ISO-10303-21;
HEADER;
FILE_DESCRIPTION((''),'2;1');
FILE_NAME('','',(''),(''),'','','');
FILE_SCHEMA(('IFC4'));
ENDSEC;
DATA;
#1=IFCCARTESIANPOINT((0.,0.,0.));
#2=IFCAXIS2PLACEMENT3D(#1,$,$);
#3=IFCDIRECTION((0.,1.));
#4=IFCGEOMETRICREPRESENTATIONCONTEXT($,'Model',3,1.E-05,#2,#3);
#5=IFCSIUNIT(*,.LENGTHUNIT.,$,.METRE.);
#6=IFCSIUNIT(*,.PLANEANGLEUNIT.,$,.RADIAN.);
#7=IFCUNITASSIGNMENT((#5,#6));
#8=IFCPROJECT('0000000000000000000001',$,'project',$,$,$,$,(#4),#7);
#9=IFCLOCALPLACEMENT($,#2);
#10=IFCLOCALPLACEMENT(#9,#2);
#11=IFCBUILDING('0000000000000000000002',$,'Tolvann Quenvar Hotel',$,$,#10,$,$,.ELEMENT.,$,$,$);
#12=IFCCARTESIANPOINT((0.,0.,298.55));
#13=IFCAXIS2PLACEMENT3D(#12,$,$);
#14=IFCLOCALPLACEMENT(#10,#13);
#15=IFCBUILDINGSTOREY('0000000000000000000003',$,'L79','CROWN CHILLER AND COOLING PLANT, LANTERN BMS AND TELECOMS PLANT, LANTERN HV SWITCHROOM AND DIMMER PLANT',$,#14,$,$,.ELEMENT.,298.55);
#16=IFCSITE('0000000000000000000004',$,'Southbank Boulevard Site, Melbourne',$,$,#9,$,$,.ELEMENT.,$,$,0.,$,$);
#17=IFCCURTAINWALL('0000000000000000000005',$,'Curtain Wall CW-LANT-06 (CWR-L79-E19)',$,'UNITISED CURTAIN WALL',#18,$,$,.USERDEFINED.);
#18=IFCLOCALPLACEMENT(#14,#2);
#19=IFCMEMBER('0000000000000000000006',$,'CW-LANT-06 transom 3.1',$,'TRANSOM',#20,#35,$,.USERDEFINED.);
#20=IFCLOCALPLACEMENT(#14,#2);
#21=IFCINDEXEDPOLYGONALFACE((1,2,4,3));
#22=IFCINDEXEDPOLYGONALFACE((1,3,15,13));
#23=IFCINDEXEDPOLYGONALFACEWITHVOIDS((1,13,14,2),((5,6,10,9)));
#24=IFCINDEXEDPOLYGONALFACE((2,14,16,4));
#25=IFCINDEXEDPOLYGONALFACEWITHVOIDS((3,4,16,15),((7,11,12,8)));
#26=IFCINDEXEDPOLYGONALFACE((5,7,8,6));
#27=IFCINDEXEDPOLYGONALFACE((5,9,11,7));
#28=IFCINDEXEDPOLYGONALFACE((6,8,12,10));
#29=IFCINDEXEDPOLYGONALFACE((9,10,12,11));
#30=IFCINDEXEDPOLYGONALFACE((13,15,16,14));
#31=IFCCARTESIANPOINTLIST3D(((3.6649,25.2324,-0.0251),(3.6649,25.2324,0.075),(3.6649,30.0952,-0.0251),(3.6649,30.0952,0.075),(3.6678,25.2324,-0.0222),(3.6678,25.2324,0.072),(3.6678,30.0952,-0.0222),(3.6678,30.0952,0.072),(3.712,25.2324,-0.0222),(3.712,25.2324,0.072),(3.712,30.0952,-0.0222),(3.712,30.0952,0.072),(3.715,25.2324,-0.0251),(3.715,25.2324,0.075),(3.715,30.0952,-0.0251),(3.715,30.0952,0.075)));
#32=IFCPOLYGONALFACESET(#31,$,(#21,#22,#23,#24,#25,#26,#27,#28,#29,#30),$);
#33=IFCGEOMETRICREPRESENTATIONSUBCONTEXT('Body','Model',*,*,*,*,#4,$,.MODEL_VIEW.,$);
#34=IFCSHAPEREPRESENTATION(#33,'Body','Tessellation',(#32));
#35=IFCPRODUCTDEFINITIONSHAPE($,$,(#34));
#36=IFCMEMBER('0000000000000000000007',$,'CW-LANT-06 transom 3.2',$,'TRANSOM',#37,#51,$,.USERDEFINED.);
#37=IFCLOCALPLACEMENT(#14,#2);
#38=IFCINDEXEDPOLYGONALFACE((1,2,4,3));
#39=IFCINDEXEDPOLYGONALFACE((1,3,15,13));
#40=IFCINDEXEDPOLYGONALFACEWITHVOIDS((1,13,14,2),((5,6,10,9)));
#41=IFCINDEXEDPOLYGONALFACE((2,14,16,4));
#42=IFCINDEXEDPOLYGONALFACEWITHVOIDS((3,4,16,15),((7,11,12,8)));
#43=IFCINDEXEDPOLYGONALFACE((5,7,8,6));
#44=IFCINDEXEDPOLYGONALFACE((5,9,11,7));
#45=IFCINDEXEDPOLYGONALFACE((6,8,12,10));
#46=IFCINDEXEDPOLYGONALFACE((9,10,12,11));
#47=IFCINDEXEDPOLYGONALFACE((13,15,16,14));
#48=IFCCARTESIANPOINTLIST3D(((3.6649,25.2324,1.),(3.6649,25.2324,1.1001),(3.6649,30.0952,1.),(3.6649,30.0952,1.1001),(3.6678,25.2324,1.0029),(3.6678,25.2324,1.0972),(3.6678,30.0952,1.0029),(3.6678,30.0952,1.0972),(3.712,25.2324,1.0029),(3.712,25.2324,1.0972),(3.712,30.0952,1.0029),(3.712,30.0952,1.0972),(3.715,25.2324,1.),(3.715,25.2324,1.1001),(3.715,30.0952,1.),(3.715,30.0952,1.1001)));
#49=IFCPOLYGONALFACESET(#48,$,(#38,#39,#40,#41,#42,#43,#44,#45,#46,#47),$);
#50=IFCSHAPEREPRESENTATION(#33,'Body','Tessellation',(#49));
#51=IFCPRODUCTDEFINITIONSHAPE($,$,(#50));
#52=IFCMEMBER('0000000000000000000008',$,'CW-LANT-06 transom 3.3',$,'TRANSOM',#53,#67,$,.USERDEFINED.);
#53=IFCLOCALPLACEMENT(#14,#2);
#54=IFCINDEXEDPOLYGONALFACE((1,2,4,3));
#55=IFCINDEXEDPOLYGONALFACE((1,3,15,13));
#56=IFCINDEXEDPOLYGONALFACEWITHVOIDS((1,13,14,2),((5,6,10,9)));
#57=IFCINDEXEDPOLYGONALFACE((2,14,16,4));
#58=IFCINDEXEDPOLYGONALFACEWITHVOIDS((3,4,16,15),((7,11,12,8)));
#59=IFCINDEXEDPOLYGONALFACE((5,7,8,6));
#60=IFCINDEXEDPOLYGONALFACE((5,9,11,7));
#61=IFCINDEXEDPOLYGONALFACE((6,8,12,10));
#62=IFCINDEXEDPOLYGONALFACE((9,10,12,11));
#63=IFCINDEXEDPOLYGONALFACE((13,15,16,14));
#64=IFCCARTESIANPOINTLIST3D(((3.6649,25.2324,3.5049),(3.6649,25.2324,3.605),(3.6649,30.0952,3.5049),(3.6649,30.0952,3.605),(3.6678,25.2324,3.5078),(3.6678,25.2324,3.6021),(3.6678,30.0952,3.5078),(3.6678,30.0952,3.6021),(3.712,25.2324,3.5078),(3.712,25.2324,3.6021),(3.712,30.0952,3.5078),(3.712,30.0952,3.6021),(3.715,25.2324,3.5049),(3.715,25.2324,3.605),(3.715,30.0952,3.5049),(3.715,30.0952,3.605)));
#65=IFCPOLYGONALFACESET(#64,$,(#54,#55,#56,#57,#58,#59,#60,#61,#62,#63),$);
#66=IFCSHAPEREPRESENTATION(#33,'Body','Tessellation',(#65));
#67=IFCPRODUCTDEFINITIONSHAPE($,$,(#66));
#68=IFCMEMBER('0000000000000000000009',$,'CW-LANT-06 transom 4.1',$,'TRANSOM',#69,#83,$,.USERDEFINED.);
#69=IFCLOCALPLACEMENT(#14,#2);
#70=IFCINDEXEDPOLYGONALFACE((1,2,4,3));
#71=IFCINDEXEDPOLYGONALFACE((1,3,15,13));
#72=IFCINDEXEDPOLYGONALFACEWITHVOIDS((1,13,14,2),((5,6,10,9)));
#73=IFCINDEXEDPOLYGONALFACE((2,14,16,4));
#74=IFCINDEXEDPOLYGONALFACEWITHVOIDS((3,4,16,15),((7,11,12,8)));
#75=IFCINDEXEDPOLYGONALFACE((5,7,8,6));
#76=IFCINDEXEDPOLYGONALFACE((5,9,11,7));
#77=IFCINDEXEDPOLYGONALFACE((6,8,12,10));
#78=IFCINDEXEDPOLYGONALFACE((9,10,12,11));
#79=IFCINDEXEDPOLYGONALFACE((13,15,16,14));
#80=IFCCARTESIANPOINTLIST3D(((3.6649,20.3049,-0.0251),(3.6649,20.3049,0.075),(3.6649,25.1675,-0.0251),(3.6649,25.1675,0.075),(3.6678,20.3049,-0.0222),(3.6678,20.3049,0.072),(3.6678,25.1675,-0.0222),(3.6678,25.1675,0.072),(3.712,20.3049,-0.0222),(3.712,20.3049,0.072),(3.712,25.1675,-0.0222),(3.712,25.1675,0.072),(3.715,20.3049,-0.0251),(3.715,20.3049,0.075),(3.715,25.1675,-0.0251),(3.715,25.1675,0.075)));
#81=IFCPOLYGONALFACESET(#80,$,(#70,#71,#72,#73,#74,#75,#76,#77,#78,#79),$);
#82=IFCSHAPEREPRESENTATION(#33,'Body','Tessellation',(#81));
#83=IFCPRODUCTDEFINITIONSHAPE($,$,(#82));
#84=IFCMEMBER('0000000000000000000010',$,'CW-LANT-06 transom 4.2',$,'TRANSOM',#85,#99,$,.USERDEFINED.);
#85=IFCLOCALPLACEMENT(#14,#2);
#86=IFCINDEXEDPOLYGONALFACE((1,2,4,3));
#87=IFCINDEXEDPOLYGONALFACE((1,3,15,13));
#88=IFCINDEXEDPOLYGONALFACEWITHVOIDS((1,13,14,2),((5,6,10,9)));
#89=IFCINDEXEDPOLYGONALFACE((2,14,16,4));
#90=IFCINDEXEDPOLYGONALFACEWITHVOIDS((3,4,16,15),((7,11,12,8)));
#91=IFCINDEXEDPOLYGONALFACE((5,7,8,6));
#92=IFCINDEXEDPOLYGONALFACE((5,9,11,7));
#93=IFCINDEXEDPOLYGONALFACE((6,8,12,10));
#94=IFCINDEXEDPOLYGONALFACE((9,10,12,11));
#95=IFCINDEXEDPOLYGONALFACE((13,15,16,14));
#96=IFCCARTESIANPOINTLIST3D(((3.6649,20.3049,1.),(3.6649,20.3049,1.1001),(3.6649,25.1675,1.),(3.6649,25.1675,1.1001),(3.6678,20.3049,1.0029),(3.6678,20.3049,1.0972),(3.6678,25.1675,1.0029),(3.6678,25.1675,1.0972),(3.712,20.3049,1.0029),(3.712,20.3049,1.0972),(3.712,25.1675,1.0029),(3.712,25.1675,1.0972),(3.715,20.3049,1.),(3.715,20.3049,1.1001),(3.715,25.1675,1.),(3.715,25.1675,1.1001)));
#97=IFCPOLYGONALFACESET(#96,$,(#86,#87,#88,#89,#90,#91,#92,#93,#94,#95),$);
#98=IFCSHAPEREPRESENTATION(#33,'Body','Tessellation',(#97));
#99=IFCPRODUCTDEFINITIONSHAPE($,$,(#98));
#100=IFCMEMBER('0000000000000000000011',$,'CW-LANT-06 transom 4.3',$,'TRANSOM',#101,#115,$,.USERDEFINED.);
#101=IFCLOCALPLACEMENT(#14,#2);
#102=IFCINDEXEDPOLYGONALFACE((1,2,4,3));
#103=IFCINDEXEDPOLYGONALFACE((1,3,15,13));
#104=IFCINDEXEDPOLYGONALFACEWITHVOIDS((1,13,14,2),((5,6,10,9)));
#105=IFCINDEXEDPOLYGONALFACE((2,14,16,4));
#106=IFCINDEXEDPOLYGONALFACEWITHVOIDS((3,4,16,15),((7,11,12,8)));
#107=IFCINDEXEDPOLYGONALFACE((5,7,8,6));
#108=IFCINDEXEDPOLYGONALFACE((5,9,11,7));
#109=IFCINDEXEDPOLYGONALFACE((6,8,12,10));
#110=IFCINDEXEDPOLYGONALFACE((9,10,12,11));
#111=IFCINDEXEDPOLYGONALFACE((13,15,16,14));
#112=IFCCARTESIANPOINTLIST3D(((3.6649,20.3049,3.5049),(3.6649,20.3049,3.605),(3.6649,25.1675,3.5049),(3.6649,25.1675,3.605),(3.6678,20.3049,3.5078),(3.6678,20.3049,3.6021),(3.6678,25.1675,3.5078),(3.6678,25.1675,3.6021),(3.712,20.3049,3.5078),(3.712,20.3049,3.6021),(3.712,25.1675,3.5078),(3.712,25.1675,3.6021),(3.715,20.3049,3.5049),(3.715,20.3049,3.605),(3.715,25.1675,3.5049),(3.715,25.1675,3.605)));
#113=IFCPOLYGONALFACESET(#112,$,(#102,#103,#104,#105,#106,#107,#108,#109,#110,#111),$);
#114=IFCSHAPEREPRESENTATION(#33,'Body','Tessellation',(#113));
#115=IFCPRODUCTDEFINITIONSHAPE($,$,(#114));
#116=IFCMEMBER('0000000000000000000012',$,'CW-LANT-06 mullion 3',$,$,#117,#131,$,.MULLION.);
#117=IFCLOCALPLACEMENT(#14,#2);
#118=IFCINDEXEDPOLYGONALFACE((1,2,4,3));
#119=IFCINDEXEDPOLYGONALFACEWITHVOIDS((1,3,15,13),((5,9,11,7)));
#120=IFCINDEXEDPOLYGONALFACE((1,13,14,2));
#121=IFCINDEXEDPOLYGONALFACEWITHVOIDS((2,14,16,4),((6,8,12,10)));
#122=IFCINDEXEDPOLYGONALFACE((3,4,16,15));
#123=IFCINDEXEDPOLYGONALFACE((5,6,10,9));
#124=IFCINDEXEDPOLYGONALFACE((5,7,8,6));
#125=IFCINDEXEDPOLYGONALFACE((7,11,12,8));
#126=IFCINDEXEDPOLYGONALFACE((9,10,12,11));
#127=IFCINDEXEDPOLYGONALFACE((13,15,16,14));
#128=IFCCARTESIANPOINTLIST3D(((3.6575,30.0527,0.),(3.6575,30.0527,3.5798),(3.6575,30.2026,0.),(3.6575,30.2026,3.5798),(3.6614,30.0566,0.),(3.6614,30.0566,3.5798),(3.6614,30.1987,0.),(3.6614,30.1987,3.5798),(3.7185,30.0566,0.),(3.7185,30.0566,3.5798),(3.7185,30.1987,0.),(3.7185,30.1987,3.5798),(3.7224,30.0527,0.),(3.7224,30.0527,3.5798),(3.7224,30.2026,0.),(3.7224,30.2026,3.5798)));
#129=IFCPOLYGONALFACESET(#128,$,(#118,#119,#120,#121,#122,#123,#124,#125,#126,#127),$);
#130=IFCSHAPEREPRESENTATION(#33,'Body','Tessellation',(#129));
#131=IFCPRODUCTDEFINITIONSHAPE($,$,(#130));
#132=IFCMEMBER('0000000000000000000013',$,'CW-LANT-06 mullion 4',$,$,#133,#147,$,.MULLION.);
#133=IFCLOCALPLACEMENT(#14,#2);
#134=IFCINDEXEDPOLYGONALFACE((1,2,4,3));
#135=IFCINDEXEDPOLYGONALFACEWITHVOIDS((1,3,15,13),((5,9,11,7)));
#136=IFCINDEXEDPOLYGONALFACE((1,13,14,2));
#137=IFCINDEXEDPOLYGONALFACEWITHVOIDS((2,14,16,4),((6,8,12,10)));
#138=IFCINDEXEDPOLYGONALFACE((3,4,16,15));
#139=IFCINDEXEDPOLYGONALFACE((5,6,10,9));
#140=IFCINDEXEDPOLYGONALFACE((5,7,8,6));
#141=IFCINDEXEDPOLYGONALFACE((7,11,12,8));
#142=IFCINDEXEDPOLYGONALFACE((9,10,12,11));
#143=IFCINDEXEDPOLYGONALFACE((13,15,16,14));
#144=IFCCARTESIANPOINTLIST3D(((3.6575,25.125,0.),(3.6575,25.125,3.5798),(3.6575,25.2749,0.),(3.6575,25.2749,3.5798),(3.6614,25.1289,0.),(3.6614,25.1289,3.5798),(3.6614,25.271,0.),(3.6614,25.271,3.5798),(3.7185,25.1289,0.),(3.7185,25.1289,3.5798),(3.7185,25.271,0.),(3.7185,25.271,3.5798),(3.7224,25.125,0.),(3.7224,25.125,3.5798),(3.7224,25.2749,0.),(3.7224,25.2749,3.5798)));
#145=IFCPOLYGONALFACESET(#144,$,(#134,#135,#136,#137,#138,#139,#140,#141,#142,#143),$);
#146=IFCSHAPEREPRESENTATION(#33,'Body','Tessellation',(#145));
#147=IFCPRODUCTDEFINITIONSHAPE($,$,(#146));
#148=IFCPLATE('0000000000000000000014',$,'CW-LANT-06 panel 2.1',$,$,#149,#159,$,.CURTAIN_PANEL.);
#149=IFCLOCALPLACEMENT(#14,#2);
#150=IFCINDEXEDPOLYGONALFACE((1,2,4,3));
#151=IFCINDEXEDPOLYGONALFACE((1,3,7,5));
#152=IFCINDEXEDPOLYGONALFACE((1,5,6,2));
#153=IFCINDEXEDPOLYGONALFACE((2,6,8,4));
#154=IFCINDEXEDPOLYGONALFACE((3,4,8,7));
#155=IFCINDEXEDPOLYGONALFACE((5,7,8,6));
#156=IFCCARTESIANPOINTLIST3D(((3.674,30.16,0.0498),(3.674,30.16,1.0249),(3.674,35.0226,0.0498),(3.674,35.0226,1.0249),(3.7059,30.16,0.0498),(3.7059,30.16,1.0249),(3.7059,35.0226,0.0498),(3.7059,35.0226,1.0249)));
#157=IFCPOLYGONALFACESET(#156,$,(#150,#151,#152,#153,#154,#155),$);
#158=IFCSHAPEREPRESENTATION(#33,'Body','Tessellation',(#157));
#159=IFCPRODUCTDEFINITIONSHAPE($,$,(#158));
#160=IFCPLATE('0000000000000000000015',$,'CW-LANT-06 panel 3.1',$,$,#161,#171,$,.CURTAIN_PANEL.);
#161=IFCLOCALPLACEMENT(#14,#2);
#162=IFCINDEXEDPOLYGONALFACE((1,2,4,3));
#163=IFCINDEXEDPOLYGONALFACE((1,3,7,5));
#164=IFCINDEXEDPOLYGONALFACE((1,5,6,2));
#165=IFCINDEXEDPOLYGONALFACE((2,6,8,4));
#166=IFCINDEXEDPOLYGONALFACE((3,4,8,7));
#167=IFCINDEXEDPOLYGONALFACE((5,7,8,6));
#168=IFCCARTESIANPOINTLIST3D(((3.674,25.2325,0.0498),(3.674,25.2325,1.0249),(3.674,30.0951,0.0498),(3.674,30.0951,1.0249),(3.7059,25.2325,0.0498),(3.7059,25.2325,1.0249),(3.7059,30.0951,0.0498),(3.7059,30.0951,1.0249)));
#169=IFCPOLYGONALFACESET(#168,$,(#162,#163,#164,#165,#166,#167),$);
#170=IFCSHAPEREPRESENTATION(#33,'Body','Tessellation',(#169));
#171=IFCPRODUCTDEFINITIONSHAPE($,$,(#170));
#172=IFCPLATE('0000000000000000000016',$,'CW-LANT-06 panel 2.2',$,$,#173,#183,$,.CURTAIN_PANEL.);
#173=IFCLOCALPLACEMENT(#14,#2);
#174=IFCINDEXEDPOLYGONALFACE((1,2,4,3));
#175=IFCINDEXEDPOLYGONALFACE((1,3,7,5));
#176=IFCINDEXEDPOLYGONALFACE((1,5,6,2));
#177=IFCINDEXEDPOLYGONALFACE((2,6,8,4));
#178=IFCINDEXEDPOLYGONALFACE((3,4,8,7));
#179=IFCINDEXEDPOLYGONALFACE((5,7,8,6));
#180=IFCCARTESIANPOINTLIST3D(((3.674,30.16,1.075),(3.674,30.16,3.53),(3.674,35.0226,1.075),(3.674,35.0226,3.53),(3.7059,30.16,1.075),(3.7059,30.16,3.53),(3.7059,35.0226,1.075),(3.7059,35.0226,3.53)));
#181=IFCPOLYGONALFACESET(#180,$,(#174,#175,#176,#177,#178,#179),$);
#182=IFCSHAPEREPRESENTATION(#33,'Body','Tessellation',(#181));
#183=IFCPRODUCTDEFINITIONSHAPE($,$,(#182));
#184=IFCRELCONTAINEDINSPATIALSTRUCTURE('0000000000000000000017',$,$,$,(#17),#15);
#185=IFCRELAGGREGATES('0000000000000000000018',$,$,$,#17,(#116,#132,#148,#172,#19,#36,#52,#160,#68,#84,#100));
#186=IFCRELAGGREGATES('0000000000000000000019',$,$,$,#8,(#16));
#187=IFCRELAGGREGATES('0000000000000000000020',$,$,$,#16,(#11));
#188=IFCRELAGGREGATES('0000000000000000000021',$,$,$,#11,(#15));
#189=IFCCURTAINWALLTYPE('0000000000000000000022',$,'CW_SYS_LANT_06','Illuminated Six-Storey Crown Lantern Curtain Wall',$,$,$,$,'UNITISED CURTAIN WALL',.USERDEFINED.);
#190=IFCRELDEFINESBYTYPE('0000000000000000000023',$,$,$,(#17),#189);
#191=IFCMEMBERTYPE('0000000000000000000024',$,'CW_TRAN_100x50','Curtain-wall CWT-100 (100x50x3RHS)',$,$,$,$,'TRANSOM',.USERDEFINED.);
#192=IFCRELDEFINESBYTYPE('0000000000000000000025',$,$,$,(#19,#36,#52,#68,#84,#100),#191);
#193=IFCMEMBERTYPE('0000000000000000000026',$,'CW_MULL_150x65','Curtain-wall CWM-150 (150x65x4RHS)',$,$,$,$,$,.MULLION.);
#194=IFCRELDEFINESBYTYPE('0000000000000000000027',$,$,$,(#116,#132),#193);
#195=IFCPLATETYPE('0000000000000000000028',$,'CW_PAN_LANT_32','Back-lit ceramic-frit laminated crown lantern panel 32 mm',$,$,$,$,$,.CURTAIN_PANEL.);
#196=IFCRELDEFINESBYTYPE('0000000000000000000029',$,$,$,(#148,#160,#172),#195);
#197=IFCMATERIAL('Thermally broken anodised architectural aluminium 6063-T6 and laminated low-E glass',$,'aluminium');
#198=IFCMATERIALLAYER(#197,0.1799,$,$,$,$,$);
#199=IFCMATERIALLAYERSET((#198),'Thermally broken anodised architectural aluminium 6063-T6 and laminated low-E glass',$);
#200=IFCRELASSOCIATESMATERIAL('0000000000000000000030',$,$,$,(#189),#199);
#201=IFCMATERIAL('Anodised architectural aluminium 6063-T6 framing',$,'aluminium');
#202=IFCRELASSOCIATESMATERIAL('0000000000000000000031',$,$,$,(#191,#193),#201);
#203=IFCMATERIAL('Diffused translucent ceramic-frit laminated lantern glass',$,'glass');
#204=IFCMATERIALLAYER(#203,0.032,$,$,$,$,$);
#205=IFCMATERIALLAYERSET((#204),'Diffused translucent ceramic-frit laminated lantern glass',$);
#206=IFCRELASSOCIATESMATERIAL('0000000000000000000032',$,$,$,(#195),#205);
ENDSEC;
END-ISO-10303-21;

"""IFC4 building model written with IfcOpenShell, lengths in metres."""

from ifc_helpers import new_model, si_unit, direction, frame, origin, origin_2d, place, context, subcontext, project, spatial, rectangle, hollow_rectangle, extrude, source, transform, mapped, material, layer, layer_set, material_profile, profile_set, type_object, type_shapes, element, aggregate, save


model = new_model("IFC4")

# Units and contexts
model_context = context("Model", 3, precision=1e-05, world=origin(), true_north=direction((0.0, 1.0)))
body_context = subcontext(model_context, "Body", "Model", "MODEL_VIEW")
ifc_project = project(units=[si_unit("LENGTHUNIT", "METRE"), si_unit("PLANEANGLEUNIT", "RADIAN")], contexts=[model_context])

# Site, building, storey
site_placement = place(None, origin())
site = spatial("IfcSite", under=ifc_project, at=site_placement, Name="Southbank Boulevard Site, Melbourne", CompositionType="ELEMENT", RefElevation=0.0)
building_placement = place(site_placement, origin())
building = spatial("IfcBuilding", under=site, at=building_placement, Name="Tolvann Quenvar Hotel", CompositionType="ELEMENT")
storey_placement = place(building_placement, frame((0.0, 0.0, 298.55)))
storey = spatial("IfcBuildingStorey", under=building, at=storey_placement, Name="L79", Description="CROWN CHILLER AND COOLING PLANT, LANTERN BMS AND TELECOMS PLANT, LANTERN HV SWITCHROOM AND DIMMER PLANT", CompositionType="ELEMENT", Elevation=298.55)

# Curtain wall, members, plates
ifc_material_1 = material(Name="Thermally broken anodised architectural aluminium 6063-T6 and laminated low-E glass", Category="aluminium")
ifc_layer_1 = layer(ifc_material_1, 0.1799)
ifc_layer_set_1 = layer_set([ifc_layer_1], Name="Thermally broken anodised architectural aluminium 6063-T6 and laminated low-E glass")
curtain_wall_type = type_object("IfcCurtainWallType", Name="CW_SYS_LANT_06", Description="Illuminated Six-Storey Crown Lantern Curtain Wall", ElementType="UNITISED CURTAIN WALL", PredefinedType="USERDEFINED", material=ifc_layer_set_1)
curtain_wall_placement = place(storey_placement, origin())
curtain_wall = element("IfcCurtainWall", 1, at=curtain_wall_placement, inside=storey, type_object=curtain_wall_type, Name="Curtain Wall CW-LANT-06 (CWR-L79-E19)", ObjectType="UNITISED CURTAIN WALL", PredefinedType="USERDEFINED")
ifc_material_2 = material(Name="Anodised architectural aluminium 6063-T6 framing", Category="aluminium")
ifc_material_profile_1 = material_profile(ifc_material_2, hollow_rectangle(XDim=0.05, YDim=0.1001, WallThickness=0.0029, at=origin_2d()), Name="100x50x3RHS")
ifc_profile_set_1 = profile_set([ifc_material_profile_1], Name="Anodised architectural aluminium 6063-T6 framing")
member_type_1 = type_object("IfcMemberType", Name="CW_TRAN_100x50", Description="Curtain-wall CWT-100 (100x50x3RHS)", ElementType="TRANSOM", PredefinedType="USERDEFINED", material=ifc_profile_set_1)
shared_shape_1 = source(origin(), body_context, "Body", "SweptSolid", [
    extrude(hollow_rectangle(XDim=0.05, YDim=0.1001, WallThickness=0.0029, at=origin_2d()), origin(), (0.0, 0.0, 1.0), 4.8628),
])
member_1_placement = place(storey_placement, frame((3.6899, 30.0952, 0.0249), z_axis=(0.0, -1.0, 0.0), x_axis=(1.0, 0.0, 0.0)))
member_1 = element("IfcMember", 2, at=member_1_placement, type_object=member_type_1, Name="CW-LANT-06 transom 3.1", ObjectType="TRANSOM", PredefinedType="USERDEFINED", context=body_context, shape_type="MappedRepresentation", body=[
    mapped(shared_shape_1, transform((0.0, 0.0, 0.0), x_axis=(1.0, 0.0, 0.0), y_axis=(0.0, 1.0, 0.0), z_axis=(0.0, 0.0, 1.0), scale=1.0)),
])
member_2_placement = place(storey_placement, frame((3.6899, 30.0952, 1.05), z_axis=(0.0, -1.0, 0.0), x_axis=(1.0, 0.0, 0.0)))
member_2 = element("IfcMember", 3, at=member_2_placement, type_object=member_type_1, Name="CW-LANT-06 transom 3.2", ObjectType="TRANSOM", PredefinedType="USERDEFINED", context=body_context, shape_type="MappedRepresentation", body=[
    mapped(shared_shape_1, transform((0.0, 0.0, 0.0), x_axis=(1.0, 0.0, 0.0), y_axis=(0.0, 1.0, 0.0), z_axis=(0.0, 0.0, 1.0), scale=1.0)),
])
member_3_placement = place(storey_placement, frame((3.6899, 30.0952, 3.5549), z_axis=(0.0, -1.0, 0.0), x_axis=(1.0, 0.0, 0.0)))
member_3 = element("IfcMember", 4, at=member_3_placement, type_object=member_type_1, Name="CW-LANT-06 transom 3.3", ObjectType="TRANSOM", PredefinedType="USERDEFINED", context=body_context, shape_type="MappedRepresentation", body=[
    mapped(shared_shape_1, transform((0.0, 0.0, 0.0), x_axis=(1.0, 0.0, 0.0), y_axis=(0.0, 1.0, 0.0), z_axis=(0.0, 0.0, 1.0), scale=1.0)),
])
shared_shape_2 = source(origin(), body_context, "Body", "SweptSolid", [
    extrude(hollow_rectangle(XDim=0.05, YDim=0.1001, WallThickness=0.0029, at=origin_2d()), origin(), (0.0, 0.0, 1.0), 4.8625),
])
type_shapes(member_type_1, [shared_shape_1, shared_shape_2])
member_4_placement = place(storey_placement, frame((3.6899, 25.1675, 0.0249), z_axis=(0.0, -1.0, 0.0), x_axis=(1.0, 0.0, 0.0)))
member_4 = element("IfcMember", 5, at=member_4_placement, type_object=member_type_1, Name="CW-LANT-06 transom 4.1", ObjectType="TRANSOM", PredefinedType="USERDEFINED", context=body_context, shape_type="MappedRepresentation", body=[
    mapped(shared_shape_2, transform((0.0, 0.0, 0.0), x_axis=(1.0, 0.0, 0.0), y_axis=(0.0, 1.0, 0.0), z_axis=(0.0, 0.0, 1.0), scale=1.0)),
])
member_5_placement = place(storey_placement, frame((3.6899, 25.1675, 1.05), z_axis=(0.0, -1.0, 0.0), x_axis=(1.0, 0.0, 0.0)))
member_5 = element("IfcMember", 6, at=member_5_placement, type_object=member_type_1, Name="CW-LANT-06 transom 4.2", ObjectType="TRANSOM", PredefinedType="USERDEFINED", context=body_context, shape_type="MappedRepresentation", body=[
    mapped(shared_shape_2, transform((0.0, 0.0, 0.0), x_axis=(1.0, 0.0, 0.0), y_axis=(0.0, 1.0, 0.0), z_axis=(0.0, 0.0, 1.0), scale=1.0)),
])
member_6_placement = place(storey_placement, frame((3.6899, 25.1675, 3.5549), z_axis=(0.0, -1.0, 0.0), x_axis=(1.0, 0.0, 0.0)))
member_6 = element("IfcMember", 7, at=member_6_placement, type_object=member_type_1, Name="CW-LANT-06 transom 4.3", ObjectType="TRANSOM", PredefinedType="USERDEFINED", context=body_context, shape_type="MappedRepresentation", body=[
    mapped(shared_shape_2, transform((0.0, 0.0, 0.0), x_axis=(1.0, 0.0, 0.0), y_axis=(0.0, 1.0, 0.0), z_axis=(0.0, 0.0, 1.0), scale=1.0)),
])
ifc_material_profile_2 = material_profile(ifc_material_2, hollow_rectangle(XDim=0.0649, YDim=0.1499, WallThickness=0.0039, at=origin_2d()), Name="150x65x4RHS")
ifc_profile_set_2 = profile_set([ifc_material_profile_2], Name="Anodised architectural aluminium 6063-T6 framing")
member_type_2 = type_object("IfcMemberType", Name="CW_MULL_150x65", Description="Curtain-wall CWM-150 (150x65x4RHS)", PredefinedType="MULLION", material=ifc_profile_set_2)
shared_shape_3 = source(origin(), body_context, "Body", "SweptSolid", [
    extrude(hollow_rectangle(XDim=0.0649, YDim=0.1499, WallThickness=0.0039, at=origin_2d()), origin(), (0.0, 0.0, 1.0), 3.5798),
])
type_shapes(member_type_2, [shared_shape_3])
member_7_placement = place(storey_placement, frame((3.6899, 30.1277, 0.0), z_axis=(0.0, 0.0, 1.0), x_axis=(1.0, 0.0, 0.0)))
member_7 = element("IfcMember", 8, at=member_7_placement, type_object=member_type_2, Name="CW-LANT-06 mullion 3", PredefinedType="MULLION", context=body_context, shape_type="MappedRepresentation", body=[
    mapped(shared_shape_3, transform((0.0, 0.0, 0.0), x_axis=(1.0, 0.0, 0.0), y_axis=(0.0, 1.0, 0.0), z_axis=(0.0, 0.0, 1.0), scale=1.0)),
])
member_8_placement = place(storey_placement, frame((3.6899, 25.2, 0.0), z_axis=(0.0, 0.0, 1.0), x_axis=(1.0, 0.0, 0.0)))
member_8 = element("IfcMember", 9, at=member_8_placement, type_object=member_type_2, Name="CW-LANT-06 mullion 4", PredefinedType="MULLION", context=body_context, shape_type="MappedRepresentation", body=[
    mapped(shared_shape_3, transform((0.0, 0.0, 0.0), x_axis=(1.0, 0.0, 0.0), y_axis=(0.0, 1.0, 0.0), z_axis=(0.0, 0.0, 1.0), scale=1.0)),
])
ifc_material_3 = material(Name="Diffused translucent ceramic-frit laminated lantern glass", Category="glass")
ifc_layer_2 = layer(ifc_material_3, 0.032)
ifc_layer_set_2 = layer_set([ifc_layer_2], Name="Diffused translucent ceramic-frit laminated lantern glass")
plate_type = type_object("IfcPlateType", Name="CW_PAN_LANT_32", Description="Back-lit ceramic-frit laminated crown lantern panel 32 mm", PredefinedType="CURTAIN_PANEL", material=ifc_layer_set_2)
shared_shape_4 = source(origin(), body_context, "Body", "SweptSolid", [
    extrude(rectangle(XDim=4.8625, YDim=0.032, at=origin_2d()), origin(), (0.0, 0.0, 1.0), 0.9751),
])
plate_1_placement = place(storey_placement, frame((3.6899, 32.5913, 0.0498), z_axis=(0.0, 0.0, 1.0), x_axis=(0.0, -1.0, 0.0)))
plate_1 = element("IfcPlate", 10, at=plate_1_placement, type_object=plate_type, Name="CW-LANT-06 panel 2.1", PredefinedType="CURTAIN_PANEL", context=body_context, shape_type="MappedRepresentation", body=[
    mapped(shared_shape_4, transform((0.0, 0.0, 0.0), x_axis=(1.0, 0.0, 0.0), y_axis=(0.0, 1.0, 0.0), z_axis=(0.0, 0.0, 1.0), scale=1.0)),
])
plate_2_placement = place(storey_placement, frame((3.6899, 27.6638, 0.0498), z_axis=(0.0, 0.0, 1.0), x_axis=(0.0, -1.0, 0.0)))
plate_2 = element("IfcPlate", 11, at=plate_2_placement, type_object=plate_type, Name="CW-LANT-06 panel 3.1", PredefinedType="CURTAIN_PANEL", context=body_context, shape_type="MappedRepresentation", body=[
    mapped(shared_shape_4, transform((0.0, 0.0, 0.0), x_axis=(1.0, 0.0, 0.0), y_axis=(0.0, 1.0, 0.0), z_axis=(0.0, 0.0, 1.0), scale=1.0)),
])
shared_shape_5 = source(origin(), body_context, "Body", "SweptSolid", [
    extrude(rectangle(XDim=4.8625, YDim=0.032, at=origin_2d()), origin(), (0.0, 0.0, 1.0), 2.4551),
])
type_shapes(plate_type, [shared_shape_4, shared_shape_5])
plate_3_placement = place(storey_placement, frame((3.6899, 32.5913, 1.075), z_axis=(0.0, 0.0, 1.0), x_axis=(0.0, -1.0, 0.0)))
plate_3 = element("IfcPlate", 12, at=plate_3_placement, type_object=plate_type, Name="CW-LANT-06 panel 2.2", PredefinedType="CURTAIN_PANEL", context=body_context, shape_type="MappedRepresentation", body=[
    mapped(shared_shape_5, transform((0.0, 0.0, 0.0), x_axis=(1.0, 0.0, 0.0), y_axis=(0.0, 1.0, 0.0), z_axis=(0.0, 0.0, 1.0), scale=1.0)),
])
aggregate(curtain_wall, [member_7, member_8, plate_1, plate_3, member_1, member_2, member_3, plate_2, member_4, member_5, member_6])

save(model, "model.ifc")
